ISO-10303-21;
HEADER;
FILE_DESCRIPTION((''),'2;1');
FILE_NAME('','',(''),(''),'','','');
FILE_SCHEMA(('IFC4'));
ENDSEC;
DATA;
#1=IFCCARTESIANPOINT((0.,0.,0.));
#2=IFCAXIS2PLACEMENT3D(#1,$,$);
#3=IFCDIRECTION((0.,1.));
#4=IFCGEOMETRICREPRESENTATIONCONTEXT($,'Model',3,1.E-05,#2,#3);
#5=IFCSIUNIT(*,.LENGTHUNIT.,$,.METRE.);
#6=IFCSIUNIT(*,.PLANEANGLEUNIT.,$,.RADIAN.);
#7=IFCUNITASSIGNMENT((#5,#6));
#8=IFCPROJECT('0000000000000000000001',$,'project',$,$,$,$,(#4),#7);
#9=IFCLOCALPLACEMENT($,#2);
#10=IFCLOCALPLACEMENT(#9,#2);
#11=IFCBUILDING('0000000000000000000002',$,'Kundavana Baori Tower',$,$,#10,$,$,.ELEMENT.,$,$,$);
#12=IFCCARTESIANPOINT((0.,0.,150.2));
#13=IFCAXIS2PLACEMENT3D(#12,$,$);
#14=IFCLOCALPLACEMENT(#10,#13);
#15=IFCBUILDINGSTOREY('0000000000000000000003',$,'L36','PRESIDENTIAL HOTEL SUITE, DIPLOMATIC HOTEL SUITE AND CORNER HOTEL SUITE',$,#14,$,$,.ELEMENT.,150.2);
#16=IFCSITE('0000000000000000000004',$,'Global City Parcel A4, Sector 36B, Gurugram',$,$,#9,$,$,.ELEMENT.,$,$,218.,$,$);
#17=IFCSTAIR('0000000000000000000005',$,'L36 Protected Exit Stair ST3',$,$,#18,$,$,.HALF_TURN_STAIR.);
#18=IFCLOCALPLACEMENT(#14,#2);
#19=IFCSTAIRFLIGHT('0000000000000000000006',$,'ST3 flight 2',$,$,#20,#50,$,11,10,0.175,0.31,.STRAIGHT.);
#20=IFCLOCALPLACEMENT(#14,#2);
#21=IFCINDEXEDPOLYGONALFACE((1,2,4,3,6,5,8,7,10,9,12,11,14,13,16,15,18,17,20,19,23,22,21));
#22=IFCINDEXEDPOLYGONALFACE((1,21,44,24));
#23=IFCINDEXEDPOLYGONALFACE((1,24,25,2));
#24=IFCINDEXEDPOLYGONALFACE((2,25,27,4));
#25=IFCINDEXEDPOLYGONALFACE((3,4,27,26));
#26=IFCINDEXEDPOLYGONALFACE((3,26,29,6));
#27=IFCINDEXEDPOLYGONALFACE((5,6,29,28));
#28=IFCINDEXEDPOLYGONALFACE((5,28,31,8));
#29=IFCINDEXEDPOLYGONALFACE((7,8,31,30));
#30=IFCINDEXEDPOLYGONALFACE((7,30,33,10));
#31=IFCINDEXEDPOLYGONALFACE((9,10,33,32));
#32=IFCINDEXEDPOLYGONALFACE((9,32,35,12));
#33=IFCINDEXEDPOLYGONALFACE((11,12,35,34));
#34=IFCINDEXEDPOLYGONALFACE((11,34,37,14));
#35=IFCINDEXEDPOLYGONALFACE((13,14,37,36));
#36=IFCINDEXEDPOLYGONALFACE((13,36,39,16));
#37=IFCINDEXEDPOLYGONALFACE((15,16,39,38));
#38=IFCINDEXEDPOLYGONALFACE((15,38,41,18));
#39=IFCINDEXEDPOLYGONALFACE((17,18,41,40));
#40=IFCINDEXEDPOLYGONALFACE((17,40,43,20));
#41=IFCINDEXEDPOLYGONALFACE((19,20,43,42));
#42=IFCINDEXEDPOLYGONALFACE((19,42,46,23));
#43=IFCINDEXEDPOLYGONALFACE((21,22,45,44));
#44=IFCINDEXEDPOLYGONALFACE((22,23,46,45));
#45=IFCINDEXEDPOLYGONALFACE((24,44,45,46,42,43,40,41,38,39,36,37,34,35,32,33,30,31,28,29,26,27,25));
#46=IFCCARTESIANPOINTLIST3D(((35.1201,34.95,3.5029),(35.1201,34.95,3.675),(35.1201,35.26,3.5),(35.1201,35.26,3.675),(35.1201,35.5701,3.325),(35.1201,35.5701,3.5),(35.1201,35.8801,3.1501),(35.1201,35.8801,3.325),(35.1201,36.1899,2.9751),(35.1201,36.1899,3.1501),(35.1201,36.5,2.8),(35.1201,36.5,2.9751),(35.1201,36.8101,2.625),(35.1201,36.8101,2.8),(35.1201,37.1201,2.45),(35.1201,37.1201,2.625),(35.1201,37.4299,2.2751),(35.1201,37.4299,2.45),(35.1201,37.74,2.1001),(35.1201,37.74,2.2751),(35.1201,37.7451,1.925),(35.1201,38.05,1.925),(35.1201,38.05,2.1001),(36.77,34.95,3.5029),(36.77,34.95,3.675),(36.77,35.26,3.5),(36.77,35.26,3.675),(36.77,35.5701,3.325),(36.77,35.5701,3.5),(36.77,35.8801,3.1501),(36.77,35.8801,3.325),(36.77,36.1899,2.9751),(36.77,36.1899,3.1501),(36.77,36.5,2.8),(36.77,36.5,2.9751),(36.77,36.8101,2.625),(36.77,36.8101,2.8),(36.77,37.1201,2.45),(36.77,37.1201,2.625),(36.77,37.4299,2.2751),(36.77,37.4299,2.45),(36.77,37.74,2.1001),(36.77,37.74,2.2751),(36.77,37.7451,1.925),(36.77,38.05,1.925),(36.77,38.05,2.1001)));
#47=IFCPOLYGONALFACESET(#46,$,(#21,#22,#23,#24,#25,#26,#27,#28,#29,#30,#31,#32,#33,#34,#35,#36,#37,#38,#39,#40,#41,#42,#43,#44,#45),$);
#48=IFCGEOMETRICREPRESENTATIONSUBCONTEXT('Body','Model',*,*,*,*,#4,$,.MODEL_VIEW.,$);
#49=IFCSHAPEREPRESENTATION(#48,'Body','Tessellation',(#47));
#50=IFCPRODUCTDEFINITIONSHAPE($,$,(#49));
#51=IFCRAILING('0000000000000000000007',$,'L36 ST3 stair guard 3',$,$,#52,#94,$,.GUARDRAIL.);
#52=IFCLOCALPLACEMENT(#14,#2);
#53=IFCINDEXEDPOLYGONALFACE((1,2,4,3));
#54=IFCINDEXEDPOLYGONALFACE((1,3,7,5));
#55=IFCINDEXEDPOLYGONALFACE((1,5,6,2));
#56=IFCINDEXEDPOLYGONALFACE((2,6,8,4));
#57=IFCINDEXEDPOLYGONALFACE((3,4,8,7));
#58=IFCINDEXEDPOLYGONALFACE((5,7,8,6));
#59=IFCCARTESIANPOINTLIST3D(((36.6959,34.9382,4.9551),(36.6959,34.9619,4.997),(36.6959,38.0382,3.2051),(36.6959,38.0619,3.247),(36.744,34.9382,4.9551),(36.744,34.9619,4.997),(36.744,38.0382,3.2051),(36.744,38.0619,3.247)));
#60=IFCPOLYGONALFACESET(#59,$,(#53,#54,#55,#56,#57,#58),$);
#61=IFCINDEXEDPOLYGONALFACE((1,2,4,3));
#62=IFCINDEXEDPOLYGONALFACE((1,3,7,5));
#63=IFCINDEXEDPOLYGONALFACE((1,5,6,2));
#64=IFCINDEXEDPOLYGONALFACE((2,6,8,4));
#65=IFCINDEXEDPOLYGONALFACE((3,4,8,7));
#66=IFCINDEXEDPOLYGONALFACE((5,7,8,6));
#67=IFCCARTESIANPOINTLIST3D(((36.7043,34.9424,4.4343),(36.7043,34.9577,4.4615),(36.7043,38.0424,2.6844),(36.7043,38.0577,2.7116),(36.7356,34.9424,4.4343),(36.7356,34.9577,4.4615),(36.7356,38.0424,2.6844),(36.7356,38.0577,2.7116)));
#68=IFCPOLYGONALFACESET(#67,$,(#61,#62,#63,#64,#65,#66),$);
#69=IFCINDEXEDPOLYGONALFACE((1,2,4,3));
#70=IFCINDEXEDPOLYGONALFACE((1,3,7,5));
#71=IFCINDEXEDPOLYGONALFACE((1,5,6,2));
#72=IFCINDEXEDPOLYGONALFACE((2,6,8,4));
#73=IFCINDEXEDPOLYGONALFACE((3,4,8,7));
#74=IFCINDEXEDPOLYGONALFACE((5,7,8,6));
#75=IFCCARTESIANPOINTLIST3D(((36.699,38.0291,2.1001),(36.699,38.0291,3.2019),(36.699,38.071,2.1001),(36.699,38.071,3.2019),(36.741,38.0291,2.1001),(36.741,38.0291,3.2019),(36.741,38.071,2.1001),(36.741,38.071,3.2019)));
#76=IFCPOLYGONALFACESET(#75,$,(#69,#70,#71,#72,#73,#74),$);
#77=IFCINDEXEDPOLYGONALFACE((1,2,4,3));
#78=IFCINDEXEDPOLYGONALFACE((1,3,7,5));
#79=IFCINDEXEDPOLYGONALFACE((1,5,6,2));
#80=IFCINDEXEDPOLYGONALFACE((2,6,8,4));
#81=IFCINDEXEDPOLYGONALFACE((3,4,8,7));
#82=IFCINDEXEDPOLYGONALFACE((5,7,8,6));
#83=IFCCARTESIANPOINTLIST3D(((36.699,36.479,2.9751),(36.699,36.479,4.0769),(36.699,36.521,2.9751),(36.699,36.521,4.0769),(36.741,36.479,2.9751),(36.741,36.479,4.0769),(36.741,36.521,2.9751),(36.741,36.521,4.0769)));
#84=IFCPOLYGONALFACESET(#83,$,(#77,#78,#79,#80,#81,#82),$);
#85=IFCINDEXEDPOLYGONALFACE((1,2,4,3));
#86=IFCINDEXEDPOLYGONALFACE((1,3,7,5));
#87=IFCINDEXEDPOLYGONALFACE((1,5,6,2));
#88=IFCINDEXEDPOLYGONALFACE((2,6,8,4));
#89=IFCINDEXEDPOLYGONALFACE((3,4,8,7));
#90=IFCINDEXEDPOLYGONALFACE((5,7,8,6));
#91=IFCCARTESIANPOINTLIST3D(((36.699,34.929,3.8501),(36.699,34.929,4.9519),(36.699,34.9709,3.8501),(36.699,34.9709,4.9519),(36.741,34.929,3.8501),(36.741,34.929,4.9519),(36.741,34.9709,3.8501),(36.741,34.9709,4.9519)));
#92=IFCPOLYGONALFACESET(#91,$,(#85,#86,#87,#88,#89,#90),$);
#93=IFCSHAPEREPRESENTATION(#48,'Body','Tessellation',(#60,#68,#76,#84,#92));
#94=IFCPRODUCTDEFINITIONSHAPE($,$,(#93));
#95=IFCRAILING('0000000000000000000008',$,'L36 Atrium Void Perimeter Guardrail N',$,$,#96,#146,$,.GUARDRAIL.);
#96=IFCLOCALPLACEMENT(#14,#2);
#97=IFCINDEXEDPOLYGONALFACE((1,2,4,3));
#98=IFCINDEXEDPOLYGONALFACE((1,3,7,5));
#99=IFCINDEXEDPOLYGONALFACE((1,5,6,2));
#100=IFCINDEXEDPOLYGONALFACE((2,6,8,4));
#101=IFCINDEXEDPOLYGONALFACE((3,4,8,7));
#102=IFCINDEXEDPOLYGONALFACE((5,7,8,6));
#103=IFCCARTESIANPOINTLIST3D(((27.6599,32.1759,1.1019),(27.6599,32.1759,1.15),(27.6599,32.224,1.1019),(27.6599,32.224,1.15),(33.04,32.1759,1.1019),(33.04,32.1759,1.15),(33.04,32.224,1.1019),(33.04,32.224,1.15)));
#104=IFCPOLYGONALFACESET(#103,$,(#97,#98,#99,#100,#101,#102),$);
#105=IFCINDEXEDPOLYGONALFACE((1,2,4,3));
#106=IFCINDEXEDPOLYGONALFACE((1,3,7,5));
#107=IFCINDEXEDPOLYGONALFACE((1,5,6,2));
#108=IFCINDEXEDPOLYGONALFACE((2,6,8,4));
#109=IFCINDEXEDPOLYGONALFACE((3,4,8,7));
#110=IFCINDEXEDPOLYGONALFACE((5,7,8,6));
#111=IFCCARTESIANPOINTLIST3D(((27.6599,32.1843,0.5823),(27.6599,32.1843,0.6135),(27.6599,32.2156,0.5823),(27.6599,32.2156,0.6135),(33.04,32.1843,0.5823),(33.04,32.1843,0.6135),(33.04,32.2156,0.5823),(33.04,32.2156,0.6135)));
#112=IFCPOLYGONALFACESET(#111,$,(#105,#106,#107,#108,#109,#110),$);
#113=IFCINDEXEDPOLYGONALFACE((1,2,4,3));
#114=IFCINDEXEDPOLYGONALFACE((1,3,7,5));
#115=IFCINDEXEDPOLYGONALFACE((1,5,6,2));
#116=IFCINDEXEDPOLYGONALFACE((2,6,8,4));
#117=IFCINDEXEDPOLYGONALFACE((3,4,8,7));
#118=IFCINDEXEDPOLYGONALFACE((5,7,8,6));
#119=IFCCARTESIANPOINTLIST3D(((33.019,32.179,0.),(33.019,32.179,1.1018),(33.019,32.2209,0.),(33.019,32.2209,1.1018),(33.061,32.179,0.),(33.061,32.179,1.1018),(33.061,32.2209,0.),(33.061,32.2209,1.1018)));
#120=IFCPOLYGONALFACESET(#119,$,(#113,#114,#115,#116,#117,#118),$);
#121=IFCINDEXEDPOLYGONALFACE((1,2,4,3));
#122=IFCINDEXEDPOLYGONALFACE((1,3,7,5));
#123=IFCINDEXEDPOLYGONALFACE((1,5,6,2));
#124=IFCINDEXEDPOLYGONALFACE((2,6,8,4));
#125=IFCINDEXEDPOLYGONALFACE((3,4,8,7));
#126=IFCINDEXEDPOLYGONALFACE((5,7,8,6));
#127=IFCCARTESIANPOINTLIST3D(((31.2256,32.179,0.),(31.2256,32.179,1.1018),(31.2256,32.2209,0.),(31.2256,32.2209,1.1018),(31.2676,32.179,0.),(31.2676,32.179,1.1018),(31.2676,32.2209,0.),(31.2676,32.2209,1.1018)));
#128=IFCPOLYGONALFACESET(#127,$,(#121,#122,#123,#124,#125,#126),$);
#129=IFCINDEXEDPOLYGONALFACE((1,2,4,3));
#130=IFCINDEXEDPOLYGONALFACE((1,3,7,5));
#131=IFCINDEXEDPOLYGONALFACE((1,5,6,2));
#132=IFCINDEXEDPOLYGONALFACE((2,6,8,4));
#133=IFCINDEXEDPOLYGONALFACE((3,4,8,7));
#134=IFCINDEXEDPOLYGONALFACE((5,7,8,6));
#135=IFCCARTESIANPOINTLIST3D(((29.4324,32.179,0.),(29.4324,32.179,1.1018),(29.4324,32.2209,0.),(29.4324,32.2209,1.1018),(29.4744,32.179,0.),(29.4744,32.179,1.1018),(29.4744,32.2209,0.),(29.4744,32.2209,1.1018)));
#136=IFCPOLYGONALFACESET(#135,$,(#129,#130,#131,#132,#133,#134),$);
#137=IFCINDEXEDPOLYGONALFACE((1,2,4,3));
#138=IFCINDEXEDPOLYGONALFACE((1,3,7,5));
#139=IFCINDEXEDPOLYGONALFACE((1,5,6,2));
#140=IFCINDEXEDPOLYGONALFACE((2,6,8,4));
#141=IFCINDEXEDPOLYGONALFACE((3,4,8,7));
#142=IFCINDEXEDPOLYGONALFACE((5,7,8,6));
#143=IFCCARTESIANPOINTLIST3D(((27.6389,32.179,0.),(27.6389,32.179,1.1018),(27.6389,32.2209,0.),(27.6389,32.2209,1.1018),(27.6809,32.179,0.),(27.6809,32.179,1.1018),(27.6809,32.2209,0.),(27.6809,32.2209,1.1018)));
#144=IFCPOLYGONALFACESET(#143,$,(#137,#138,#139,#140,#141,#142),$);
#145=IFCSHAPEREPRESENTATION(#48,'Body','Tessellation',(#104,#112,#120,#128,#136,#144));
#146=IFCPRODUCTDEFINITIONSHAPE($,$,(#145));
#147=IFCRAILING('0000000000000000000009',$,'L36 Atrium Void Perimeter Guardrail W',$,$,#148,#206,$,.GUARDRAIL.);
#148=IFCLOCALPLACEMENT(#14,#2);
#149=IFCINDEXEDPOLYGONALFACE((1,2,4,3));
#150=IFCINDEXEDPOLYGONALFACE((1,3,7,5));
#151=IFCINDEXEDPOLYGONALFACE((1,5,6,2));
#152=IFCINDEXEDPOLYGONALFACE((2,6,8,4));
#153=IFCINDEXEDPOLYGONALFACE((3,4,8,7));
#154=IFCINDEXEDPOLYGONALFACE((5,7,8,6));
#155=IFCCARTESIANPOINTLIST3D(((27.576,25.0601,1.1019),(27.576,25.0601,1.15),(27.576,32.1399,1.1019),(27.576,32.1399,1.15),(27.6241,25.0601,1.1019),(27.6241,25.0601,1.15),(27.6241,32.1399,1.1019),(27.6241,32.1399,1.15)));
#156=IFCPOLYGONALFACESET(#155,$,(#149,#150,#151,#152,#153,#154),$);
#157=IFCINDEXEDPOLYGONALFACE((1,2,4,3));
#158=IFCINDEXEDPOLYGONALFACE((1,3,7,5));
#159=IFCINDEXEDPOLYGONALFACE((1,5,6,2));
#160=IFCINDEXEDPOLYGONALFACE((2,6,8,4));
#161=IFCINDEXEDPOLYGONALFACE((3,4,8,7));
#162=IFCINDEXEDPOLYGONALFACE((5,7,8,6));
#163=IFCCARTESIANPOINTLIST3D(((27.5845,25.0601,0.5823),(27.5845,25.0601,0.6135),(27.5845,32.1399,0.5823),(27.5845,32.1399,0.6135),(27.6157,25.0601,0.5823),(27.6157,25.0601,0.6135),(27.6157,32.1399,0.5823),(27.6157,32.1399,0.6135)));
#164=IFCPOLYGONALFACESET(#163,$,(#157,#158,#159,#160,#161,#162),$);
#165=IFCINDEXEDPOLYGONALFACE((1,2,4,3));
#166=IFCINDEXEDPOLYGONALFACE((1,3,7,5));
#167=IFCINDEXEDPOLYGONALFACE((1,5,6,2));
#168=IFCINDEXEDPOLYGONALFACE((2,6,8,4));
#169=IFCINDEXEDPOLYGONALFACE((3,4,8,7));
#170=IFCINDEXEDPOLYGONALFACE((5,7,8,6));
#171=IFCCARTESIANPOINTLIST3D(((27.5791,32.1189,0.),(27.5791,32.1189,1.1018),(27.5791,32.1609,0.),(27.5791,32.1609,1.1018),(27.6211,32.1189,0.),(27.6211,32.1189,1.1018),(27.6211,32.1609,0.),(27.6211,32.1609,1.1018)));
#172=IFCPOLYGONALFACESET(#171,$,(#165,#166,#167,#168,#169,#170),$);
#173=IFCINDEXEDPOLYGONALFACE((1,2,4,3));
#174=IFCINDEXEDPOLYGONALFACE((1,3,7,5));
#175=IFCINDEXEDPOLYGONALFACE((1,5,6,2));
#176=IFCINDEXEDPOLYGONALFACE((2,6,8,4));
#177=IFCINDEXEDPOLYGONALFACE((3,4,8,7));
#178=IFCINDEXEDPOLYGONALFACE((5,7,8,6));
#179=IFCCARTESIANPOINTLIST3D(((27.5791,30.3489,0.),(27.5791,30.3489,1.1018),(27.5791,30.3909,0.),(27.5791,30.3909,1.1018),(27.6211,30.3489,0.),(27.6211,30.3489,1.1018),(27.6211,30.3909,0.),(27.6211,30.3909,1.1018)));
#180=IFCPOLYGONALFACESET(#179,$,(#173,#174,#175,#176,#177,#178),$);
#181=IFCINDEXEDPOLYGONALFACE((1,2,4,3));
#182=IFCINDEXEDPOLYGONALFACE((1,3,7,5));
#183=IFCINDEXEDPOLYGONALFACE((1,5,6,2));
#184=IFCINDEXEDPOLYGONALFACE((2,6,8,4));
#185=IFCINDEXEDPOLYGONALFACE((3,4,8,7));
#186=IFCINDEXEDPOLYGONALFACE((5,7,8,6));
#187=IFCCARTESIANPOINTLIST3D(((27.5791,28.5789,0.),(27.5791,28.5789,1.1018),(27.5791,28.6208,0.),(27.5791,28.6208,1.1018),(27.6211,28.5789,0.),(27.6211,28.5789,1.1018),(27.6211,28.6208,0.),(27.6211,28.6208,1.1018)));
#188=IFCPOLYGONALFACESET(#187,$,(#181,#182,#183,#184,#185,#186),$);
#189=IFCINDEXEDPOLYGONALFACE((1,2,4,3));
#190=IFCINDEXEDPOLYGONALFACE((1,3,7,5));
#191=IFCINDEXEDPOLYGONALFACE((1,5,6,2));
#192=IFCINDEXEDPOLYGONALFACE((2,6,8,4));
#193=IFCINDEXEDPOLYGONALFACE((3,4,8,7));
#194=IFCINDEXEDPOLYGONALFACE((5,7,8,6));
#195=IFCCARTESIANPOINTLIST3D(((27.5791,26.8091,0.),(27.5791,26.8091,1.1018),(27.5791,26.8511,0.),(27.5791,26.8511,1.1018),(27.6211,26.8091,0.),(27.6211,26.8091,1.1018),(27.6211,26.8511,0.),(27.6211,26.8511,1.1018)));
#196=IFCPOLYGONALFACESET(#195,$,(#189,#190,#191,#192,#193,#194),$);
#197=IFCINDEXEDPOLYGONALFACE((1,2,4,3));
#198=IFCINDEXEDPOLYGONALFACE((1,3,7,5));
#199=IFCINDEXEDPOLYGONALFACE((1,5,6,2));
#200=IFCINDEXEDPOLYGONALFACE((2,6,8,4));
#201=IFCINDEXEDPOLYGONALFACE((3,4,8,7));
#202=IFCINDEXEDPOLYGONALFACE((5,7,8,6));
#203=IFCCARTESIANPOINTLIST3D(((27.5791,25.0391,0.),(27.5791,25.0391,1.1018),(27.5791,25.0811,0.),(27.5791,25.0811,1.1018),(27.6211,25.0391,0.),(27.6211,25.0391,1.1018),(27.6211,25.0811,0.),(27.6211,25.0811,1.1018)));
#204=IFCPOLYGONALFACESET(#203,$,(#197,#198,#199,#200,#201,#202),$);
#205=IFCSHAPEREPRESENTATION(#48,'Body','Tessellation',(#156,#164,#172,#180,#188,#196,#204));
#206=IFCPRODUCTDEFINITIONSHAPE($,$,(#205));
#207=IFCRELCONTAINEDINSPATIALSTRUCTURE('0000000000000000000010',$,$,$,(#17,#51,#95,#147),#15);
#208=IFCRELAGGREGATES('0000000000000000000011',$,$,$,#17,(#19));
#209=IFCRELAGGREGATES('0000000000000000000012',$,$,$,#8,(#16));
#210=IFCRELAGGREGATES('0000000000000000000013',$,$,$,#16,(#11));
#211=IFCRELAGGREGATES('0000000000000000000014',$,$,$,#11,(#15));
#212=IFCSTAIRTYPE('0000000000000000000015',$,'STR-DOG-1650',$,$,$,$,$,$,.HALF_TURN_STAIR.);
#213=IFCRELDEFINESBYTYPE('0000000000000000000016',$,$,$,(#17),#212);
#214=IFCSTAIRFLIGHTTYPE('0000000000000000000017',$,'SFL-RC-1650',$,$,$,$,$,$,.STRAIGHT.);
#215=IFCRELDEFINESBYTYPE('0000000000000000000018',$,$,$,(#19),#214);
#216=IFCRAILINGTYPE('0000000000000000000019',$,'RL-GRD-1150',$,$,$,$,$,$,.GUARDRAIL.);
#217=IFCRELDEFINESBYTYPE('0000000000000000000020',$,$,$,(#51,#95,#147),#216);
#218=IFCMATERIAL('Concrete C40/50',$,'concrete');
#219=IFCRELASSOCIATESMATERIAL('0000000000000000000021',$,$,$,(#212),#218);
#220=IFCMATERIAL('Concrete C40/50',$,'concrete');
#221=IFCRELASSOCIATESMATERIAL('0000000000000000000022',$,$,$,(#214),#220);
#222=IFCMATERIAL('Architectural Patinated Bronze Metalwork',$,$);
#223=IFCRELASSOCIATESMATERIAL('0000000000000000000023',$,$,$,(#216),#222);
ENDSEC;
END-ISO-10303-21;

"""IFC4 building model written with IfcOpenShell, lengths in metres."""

from ifc_helpers import new_model, si_unit, direction, frame, origin, origin_2d, place, context, subcontext, project, spatial, polyline, rectangle, outline, extrude, material, type_object, element, aggregate, save


model = new_model("IFC4")

# Units and contexts
model_context = context("Model", 3, precision=1e-05, world=origin(), true_north=direction((0.0, 1.0)))
body_context = subcontext(model_context, "Body", "Model", "MODEL_VIEW")
ifc_project = project(units=[si_unit("LENGTHUNIT", "METRE"), si_unit("PLANEANGLEUNIT", "RADIAN")], contexts=[model_context])

# Site, building, storey
site_placement = place(None, origin())
site = spatial("IfcSite", under=ifc_project, at=site_placement, Name="Global City Parcel A4, Sector 36B, Gurugram", CompositionType="ELEMENT", RefElevation=218.0)
building_placement = place(site_placement, origin())
building = spatial("IfcBuilding", under=site, at=building_placement, Name="Kundavana Baori Tower", CompositionType="ELEMENT")
storey_placement = place(building_placement, frame((0.0, 0.0, 150.2)))
storey = spatial("IfcBuildingStorey", under=building, at=storey_placement, Name="L36", Description="PRESIDENTIAL HOTEL SUITE, DIPLOMATIC HOTEL SUITE AND CORNER HOTEL SUITE", CompositionType="ELEMENT", Elevation=150.2)

# Stair, stair flight
ifc_material_1 = material(Name="Concrete C40/50", Category="concrete")
stair_type = type_object("IfcStairType", Name="STR-DOG-1650", PredefinedType="HALF_TURN_STAIR", material=ifc_material_1)
stair_placement = place(storey_placement, origin())
stair = element("IfcStair", 1, at=stair_placement, inside=storey, type_object=stair_type, Name="L36 Protected Exit Stair ST3", PredefinedType="HALF_TURN_STAIR")
ifc_material_2 = material(Name="Concrete C40/50", Category="concrete")
stair_flight_type = type_object("IfcStairFlightType", Name="SFL-RC-1650", PredefinedType="STRAIGHT", material=ifc_material_2)
stair_flight_placement = place(storey_placement, frame((35.9451, 38.05, 1.925), z_axis=(0.0, 0.0, 1.0), x_axis=(0.0, -1.0, 0.0)))
stair_flight = element("IfcStairFlight", 2, at=stair_flight_placement, type_object=stair_flight_type, Name="ST3 flight 2", NumberOfRisers=11, NumberOfTreads=10, PredefinedType="STRAIGHT", RiserHeight=0.175, TreadLength=0.31, context=body_context, shape_type="SweptSolid", body=[
    extrude(outline(polyline([(0.0, 0.0), (0.0, 0.175), (0.3101, 0.175), (0.3101, 0.3501), (0.6201, 0.3501), (0.6201, 0.5249), (0.9299, 0.5249), (0.9299, 0.7), (1.24, 0.7), (1.24, 0.875), (1.55, 0.875), (1.55, 1.05), (1.8601, 1.05), (1.8601, 1.2251), (2.1699, 1.2251), (2.1699, 1.3999), (2.48, 1.3999), (2.48, 1.575), (2.79, 1.575), (2.79, 1.75), (3.1001, 1.75), (3.1001, 1.925), (3.1001, 1.5779), (0.3049, 0.0), (0.0, 0.0)])), frame((0.0, 0.825, 0.0), z_axis=(0.0, -1.0, 0.0), x_axis=(1.0, 0.0, 0.0)), (0.0, 0.0, 1.0), 1.6499),
])
aggregate(stair, [stair_flight])

# Railings
ifc_material_3 = material(Name="Architectural Patinated Bronze Metalwork")
railing_type_1 = type_object("IfcRailingType", Name="RL-GRD-1150", PredefinedType="GUARDRAIL", material=ifc_material_3)
railing_1_placement = place(storey_placement, frame((36.72, 38.05, 2.1001)))
element("IfcRailing", 3, at=railing_1_placement, inside=storey, type_object=railing_type_1, Name="L36 ST3 stair guard 3", PredefinedType="GUARDRAIL", context=body_context, shape_type="SweptSolid", body=[
    extrude(rectangle(XDim=0.0481, YDim=0.0481, at=origin_2d()), frame((0.0, 0.0, 1.126), z_axis=(0.0, -0.870831, 0.491583), x_axis=(1.0, 0.0, 0.0)), (0.0, 0.0, 1.0), 3.5598),
    extrude(rectangle(XDim=0.0312, YDim=0.0312, at=origin_2d()), frame((0.0, 0.0, 0.5979), z_axis=(0.0, -0.870831, 0.491583), x_axis=(1.0, 0.0, 0.0)), (0.0, 0.0, 1.0), 3.5598),
    extrude(rectangle(XDim=0.042, YDim=0.042, at=origin_2d()), origin(), (0.0, 0.0, 1.0), 1.1018),
    extrude(rectangle(XDim=0.042, YDim=0.042, at=origin_2d()), frame((0.0, -1.55, 0.875)), (0.0, 0.0, 1.0), 1.1018),
    extrude(rectangle(XDim=0.042, YDim=0.042, at=origin_2d()), frame((0.0, -3.1001, 1.75)), (0.0, 0.0, 1.0), 1.1018),
])
railing_2_placement = place(storey_placement, frame((33.04, 32.2, 0.0)))
element("IfcRailing", 4, at=railing_2_placement, inside=storey, type_object=railing_type_1, Name="L36 Atrium Void Perimeter Guardrail N", PredefinedType="GUARDRAIL", context=body_context, shape_type="SweptSolid", body=[
    extrude(rectangle(XDim=0.0481, YDim=0.0481, at=origin_2d()), frame((0.0, 0.0, 1.126), z_axis=(-1.0, 0.0, 0.0), x_axis=(0.0, -1.0, 0.0)), (0.0, 0.0, 1.0), 5.3801),
    extrude(rectangle(XDim=0.0312, YDim=0.0312, at=origin_2d()), frame((0.0, 0.0, 0.5979), z_axis=(-1.0, 0.0, 0.0), x_axis=(0.0, -1.0, 0.0)), (0.0, 0.0, 1.0), 5.3801),
    extrude(rectangle(XDim=0.042, YDim=0.042, at=origin_2d()), origin(), (0.0, 0.0, 1.0), 1.1018),
    extrude(rectangle(XDim=0.042, YDim=0.042, at=origin_2d()), frame((-1.7935, 0.0, 0.0)), (0.0, 0.0, 1.0), 1.1018),
    extrude(rectangle(XDim=0.042, YDim=0.042, at=origin_2d()), frame((-3.5867, 0.0, 0.0)), (0.0, 0.0, 1.0), 1.1018),
    extrude(rectangle(XDim=0.042, YDim=0.042, at=origin_2d()), frame((-5.3801, 0.0, 0.0)), (0.0, 0.0, 1.0), 1.1018),
])
railing_3_placement = place(storey_placement, frame((27.6001, 32.1399, 0.0)))
element("IfcRailing", 5, at=railing_3_placement, inside=storey, type_object=railing_type_1, Name="L36 Atrium Void Perimeter Guardrail W", PredefinedType="GUARDRAIL", context=body_context, shape_type="SweptSolid", body=[
    extrude(rectangle(XDim=0.0481, YDim=0.0481, at=origin_2d()), frame((0.0, 0.0, 1.126), z_axis=(0.0, -1.0, 0.0), x_axis=(1.0, 0.0, 0.0)), (0.0, 0.0, 1.0), 7.0798),
    extrude(rectangle(XDim=0.0312, YDim=0.0312, at=origin_2d()), frame((0.0, 0.0, 0.5979), z_axis=(0.0, -1.0, 0.0), x_axis=(1.0, 0.0, 0.0)), (0.0, 0.0, 1.0), 7.0798),
    extrude(rectangle(XDim=0.042, YDim=0.042, at=origin_2d()), origin(), (0.0, 0.0, 1.0), 1.1018),
    extrude(rectangle(XDim=0.042, YDim=0.042, at=origin_2d()), frame((0.0, -1.77, 0.0)), (0.0, 0.0, 1.0), 1.1018),
    extrude(rectangle(XDim=0.042, YDim=0.042, at=origin_2d()), frame((0.0, -3.54, 0.0)), (0.0, 0.0, 1.0), 1.1018),
    extrude(rectangle(XDim=0.042, YDim=0.042, at=origin_2d()), frame((0.0, -5.3098, 0.0)), (0.0, 0.0, 1.0), 1.1018),
    extrude(rectangle(XDim=0.042, YDim=0.042, at=origin_2d()), frame((0.0, -7.0798, 0.0)), (0.0, 0.0, 1.0), 1.1018),
])

save(model, "model.ifc")
